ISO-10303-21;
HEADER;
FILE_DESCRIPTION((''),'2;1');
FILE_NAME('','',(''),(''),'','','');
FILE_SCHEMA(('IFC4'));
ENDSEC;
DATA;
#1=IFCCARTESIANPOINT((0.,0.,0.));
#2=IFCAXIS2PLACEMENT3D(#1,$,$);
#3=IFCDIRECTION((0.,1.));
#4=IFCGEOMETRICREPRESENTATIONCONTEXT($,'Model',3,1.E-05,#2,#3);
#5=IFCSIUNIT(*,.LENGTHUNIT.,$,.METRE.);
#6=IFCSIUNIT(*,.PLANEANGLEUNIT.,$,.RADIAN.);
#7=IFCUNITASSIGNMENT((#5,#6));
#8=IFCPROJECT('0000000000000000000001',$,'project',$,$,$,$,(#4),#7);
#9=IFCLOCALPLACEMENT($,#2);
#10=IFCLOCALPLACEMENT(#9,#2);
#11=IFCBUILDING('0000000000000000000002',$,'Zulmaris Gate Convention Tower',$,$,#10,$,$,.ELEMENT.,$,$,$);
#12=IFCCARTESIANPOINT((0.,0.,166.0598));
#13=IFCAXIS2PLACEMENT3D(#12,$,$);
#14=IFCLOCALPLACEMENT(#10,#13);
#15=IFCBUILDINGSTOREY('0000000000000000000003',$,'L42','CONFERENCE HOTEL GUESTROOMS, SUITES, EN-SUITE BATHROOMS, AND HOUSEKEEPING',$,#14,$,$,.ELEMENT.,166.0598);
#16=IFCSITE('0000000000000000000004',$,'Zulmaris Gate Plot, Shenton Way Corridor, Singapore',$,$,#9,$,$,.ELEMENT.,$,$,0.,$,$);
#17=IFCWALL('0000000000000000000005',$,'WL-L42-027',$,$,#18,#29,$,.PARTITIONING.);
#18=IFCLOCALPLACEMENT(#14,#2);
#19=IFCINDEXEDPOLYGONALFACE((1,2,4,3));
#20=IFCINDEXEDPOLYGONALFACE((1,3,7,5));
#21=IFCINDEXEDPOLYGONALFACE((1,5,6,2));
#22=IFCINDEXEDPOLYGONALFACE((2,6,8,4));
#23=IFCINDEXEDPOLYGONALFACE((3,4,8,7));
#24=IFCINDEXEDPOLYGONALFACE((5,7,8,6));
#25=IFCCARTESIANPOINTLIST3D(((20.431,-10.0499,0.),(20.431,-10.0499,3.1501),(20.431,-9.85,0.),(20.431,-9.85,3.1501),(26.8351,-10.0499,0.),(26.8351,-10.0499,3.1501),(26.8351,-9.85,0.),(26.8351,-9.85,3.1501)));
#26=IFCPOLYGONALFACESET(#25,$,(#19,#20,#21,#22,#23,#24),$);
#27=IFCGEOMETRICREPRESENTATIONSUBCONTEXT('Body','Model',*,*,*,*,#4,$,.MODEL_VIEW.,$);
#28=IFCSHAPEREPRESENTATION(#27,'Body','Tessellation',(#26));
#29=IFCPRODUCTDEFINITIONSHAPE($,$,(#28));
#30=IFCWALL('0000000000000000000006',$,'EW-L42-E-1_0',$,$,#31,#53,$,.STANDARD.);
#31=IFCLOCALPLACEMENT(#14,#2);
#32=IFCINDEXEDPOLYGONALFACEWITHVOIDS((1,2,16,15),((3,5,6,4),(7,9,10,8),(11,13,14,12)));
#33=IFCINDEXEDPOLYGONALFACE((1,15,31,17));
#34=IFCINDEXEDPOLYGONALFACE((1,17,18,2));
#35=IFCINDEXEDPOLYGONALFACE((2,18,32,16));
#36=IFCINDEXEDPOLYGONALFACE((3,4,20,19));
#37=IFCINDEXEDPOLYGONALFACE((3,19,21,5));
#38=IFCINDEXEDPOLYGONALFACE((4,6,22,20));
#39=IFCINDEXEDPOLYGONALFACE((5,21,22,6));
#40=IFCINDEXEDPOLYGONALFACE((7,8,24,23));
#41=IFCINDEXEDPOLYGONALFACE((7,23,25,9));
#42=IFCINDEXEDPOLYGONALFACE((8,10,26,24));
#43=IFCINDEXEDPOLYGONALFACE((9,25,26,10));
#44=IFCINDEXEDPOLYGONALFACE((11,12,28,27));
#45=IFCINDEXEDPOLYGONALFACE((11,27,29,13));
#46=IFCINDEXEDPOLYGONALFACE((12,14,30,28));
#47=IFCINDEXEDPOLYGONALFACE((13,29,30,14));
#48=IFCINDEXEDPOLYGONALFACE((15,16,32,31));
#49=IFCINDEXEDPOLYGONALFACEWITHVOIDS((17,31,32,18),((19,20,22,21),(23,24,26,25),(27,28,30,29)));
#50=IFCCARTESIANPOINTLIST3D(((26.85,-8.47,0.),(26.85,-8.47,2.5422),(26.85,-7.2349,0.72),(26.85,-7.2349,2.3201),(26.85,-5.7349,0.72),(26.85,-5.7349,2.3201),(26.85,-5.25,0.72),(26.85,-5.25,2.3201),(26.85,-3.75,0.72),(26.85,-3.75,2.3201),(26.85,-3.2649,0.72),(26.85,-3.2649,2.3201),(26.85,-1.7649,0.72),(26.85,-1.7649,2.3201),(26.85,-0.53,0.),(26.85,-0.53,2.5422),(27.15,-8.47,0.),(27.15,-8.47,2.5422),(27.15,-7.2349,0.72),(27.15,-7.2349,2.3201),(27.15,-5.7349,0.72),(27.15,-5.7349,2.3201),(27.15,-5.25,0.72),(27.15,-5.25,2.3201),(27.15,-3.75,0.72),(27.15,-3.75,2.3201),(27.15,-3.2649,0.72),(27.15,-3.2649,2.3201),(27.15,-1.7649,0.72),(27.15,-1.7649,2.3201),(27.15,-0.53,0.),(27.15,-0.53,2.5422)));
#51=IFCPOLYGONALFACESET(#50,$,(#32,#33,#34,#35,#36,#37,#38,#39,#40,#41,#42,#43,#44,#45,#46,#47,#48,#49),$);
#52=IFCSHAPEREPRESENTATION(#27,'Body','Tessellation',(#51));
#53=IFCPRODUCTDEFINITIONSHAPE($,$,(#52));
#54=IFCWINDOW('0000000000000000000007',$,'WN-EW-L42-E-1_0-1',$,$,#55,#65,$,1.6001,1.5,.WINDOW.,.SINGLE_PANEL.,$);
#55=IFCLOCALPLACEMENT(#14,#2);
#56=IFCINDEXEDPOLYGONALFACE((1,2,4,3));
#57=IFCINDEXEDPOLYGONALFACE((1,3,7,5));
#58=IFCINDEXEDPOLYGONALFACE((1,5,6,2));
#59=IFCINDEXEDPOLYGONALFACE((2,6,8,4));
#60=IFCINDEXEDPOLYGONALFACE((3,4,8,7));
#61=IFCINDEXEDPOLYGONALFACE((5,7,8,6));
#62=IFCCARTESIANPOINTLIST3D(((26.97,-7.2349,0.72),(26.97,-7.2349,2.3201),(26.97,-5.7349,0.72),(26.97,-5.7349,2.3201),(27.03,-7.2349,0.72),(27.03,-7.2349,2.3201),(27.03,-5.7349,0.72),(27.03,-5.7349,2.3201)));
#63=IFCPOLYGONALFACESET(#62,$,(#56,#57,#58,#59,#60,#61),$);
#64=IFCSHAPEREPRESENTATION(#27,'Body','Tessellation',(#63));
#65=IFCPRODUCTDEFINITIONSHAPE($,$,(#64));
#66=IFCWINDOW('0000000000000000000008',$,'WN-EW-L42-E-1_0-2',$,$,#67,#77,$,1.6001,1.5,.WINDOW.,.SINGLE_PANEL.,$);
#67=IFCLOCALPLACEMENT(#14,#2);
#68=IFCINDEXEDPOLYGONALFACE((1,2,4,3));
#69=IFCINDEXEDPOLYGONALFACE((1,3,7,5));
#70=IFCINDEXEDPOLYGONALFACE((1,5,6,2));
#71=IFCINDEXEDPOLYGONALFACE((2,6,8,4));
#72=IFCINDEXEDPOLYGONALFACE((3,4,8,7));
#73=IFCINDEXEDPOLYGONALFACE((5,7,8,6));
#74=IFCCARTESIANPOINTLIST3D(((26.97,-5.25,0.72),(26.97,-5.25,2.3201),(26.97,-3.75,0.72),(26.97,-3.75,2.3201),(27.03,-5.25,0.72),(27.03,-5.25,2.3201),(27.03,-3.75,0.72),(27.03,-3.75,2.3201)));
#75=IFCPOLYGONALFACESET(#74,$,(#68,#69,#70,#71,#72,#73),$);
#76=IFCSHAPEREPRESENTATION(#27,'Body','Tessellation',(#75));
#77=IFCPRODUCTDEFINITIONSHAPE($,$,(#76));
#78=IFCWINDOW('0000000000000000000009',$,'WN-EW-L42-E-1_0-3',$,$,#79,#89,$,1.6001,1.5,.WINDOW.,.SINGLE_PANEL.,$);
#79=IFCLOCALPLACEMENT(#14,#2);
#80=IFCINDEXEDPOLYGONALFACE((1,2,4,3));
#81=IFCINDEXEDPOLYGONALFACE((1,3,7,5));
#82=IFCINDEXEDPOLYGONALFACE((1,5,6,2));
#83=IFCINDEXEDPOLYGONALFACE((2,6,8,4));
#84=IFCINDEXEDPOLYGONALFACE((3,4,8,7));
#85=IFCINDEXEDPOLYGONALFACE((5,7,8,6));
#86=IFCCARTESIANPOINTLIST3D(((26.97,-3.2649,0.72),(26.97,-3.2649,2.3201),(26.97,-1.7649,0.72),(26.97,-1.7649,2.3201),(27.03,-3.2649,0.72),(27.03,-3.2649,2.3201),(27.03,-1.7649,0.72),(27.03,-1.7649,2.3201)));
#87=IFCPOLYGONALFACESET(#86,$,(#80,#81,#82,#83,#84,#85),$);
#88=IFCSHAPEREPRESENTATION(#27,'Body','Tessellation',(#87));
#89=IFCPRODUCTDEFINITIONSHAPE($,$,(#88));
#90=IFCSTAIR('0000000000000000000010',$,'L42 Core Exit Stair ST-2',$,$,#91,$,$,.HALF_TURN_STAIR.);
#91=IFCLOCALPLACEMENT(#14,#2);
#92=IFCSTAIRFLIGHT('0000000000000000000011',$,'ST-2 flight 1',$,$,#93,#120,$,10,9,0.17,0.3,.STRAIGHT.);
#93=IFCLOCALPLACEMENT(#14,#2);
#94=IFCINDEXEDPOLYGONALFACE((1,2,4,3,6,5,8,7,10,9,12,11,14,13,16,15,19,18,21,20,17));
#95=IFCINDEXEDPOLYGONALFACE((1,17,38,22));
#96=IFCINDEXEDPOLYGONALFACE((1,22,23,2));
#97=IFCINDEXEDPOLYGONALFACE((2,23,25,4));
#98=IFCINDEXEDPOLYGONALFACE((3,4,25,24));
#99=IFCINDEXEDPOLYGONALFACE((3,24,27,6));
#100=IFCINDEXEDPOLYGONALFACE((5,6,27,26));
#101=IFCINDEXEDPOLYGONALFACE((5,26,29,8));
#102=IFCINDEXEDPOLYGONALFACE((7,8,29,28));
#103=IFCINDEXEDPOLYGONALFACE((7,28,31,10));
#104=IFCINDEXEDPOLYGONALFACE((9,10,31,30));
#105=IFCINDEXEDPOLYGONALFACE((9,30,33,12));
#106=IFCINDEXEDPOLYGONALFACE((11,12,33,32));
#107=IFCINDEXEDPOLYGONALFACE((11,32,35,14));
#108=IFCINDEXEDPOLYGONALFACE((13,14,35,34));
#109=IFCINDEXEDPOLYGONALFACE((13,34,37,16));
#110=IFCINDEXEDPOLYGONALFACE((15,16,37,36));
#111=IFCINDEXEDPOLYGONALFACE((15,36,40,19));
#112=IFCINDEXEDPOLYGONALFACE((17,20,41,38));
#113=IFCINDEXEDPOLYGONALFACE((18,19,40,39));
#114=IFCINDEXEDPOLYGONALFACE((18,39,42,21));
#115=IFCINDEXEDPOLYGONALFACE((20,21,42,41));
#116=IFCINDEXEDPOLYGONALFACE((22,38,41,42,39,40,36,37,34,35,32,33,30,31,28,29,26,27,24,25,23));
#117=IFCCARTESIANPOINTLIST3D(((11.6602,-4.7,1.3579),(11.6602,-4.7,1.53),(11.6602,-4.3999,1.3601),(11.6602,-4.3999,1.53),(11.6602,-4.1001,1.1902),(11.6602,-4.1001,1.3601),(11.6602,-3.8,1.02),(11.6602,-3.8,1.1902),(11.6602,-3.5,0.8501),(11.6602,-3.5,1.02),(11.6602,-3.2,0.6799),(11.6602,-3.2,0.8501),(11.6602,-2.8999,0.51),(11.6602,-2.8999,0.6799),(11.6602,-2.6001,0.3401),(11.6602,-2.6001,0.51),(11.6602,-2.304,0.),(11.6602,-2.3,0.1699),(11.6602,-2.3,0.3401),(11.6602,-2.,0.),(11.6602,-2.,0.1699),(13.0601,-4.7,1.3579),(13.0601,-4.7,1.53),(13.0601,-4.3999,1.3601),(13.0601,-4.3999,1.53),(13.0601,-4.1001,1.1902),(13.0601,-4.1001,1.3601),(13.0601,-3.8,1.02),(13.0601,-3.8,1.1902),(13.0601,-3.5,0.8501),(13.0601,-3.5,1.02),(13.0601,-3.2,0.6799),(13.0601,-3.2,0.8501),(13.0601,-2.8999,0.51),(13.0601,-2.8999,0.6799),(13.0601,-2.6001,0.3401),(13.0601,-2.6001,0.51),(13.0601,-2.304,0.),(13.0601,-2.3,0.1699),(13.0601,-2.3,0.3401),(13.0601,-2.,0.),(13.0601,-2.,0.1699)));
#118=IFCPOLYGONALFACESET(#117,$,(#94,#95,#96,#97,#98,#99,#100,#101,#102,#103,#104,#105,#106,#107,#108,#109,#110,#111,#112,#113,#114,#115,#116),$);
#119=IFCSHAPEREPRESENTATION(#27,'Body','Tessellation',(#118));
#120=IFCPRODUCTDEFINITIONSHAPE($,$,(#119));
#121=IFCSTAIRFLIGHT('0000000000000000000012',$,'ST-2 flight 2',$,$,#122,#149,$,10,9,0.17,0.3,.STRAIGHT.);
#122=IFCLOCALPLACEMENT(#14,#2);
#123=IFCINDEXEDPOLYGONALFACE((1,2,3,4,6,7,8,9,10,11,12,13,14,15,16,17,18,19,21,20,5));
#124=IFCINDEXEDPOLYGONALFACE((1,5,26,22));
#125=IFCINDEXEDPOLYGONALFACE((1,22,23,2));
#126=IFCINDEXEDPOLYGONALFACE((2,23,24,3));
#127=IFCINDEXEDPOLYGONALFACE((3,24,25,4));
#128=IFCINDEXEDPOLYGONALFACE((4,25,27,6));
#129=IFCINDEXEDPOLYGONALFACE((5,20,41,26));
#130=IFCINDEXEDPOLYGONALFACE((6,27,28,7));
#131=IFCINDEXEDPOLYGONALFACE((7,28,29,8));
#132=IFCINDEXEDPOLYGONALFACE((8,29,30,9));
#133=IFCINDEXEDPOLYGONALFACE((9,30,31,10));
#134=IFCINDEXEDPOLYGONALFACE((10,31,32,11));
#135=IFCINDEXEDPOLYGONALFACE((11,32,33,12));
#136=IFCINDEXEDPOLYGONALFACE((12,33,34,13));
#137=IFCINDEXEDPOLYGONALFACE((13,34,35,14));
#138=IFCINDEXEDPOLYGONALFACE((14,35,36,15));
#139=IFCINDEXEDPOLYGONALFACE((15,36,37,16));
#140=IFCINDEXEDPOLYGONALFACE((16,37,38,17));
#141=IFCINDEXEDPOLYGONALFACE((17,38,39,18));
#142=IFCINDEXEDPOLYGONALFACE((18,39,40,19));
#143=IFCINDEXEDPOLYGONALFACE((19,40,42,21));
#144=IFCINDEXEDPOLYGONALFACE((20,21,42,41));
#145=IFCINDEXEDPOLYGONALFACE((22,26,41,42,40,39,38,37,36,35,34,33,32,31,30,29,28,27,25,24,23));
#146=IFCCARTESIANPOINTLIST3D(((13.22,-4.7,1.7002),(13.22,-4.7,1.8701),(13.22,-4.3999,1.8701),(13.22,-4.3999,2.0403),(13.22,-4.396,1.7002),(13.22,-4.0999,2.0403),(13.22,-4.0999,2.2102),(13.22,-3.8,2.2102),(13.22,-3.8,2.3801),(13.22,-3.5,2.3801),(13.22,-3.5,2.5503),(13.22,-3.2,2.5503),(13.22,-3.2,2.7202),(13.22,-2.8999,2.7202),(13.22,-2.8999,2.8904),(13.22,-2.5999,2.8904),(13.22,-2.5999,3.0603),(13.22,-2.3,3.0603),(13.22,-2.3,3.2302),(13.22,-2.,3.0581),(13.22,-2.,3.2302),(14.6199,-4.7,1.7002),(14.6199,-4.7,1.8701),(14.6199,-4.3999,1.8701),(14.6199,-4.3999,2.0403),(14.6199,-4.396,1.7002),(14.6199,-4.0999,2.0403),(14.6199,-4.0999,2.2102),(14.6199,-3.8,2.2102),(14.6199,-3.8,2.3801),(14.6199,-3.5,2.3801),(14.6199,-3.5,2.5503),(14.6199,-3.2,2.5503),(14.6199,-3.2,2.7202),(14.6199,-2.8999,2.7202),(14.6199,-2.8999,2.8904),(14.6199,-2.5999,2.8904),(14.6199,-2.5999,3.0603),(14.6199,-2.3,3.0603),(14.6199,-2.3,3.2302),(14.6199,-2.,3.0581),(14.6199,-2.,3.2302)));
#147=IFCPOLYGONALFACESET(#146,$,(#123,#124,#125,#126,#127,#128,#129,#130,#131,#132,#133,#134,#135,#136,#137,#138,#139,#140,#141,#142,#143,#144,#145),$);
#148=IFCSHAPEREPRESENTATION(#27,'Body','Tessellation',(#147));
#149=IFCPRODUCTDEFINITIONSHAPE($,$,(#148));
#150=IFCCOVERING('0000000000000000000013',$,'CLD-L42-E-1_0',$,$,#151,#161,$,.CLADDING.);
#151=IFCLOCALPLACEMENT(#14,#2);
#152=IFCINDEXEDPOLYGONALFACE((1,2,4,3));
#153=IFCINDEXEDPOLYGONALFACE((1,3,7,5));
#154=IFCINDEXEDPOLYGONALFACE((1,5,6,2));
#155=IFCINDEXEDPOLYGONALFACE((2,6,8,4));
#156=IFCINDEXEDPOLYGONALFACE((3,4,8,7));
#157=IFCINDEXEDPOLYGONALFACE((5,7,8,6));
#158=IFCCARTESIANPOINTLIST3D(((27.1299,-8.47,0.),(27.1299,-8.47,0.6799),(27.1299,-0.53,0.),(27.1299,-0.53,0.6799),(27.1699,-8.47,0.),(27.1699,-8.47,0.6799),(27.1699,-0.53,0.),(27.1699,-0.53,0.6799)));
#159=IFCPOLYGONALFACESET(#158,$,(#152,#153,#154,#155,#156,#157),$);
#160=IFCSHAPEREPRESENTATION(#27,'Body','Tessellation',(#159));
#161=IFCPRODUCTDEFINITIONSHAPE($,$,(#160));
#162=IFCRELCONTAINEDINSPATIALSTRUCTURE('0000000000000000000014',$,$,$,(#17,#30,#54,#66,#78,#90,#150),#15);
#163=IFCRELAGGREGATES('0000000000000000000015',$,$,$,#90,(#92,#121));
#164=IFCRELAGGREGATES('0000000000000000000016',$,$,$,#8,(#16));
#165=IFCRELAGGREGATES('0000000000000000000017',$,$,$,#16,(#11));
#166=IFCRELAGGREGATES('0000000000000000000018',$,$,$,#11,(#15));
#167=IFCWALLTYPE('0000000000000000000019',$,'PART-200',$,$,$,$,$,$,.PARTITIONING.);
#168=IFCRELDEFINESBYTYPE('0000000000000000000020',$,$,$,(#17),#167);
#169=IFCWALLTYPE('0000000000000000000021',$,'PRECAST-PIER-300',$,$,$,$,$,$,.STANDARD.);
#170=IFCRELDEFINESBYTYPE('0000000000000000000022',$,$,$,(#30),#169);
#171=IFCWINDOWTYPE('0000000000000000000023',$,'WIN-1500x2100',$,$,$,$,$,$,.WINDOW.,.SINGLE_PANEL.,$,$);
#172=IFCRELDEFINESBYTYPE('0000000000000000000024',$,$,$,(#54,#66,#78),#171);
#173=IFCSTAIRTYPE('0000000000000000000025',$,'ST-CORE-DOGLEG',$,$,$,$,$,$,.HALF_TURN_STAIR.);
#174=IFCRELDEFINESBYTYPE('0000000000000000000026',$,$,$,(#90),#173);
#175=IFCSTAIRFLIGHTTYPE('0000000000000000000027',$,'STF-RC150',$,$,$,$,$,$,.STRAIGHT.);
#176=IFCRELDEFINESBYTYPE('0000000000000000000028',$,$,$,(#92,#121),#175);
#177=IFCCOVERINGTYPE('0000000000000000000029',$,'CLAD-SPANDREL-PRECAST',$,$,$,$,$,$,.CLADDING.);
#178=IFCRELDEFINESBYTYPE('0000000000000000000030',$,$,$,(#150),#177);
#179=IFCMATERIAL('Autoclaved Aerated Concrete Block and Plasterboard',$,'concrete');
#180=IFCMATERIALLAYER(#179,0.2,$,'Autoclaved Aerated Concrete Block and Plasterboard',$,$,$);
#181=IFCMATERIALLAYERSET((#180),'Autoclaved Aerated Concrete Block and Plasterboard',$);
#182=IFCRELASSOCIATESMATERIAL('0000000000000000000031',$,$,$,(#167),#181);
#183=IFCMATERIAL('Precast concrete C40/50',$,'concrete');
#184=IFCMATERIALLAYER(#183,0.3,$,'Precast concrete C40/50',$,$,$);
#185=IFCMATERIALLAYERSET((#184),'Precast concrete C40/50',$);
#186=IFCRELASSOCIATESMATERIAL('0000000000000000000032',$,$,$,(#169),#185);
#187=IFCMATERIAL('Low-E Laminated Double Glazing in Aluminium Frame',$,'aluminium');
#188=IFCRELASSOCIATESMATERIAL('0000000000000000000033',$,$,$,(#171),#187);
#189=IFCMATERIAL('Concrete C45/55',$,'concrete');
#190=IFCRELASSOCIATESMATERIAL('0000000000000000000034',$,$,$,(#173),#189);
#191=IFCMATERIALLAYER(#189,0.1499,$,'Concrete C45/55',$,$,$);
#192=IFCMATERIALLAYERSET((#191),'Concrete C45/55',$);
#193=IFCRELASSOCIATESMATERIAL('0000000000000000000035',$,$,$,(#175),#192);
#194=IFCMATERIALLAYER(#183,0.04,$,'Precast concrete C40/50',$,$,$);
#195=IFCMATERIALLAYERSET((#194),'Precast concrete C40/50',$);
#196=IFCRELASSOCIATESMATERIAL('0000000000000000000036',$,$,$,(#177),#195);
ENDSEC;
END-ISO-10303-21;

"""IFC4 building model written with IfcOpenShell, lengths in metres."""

from ifc_helpers import new_model, si_unit, direction, frame, frame_2d, origin, place, context, subcontext, project, spatial, polyline, rectangle, outline, extrude, material, layer, layer_set, type_object, element, fill, aggregate, save


model = new_model("IFC4")

# Units and contexts
model_context = context("Model", 3, precision=1e-05, world=origin(), true_north=direction((0.0, 1.0)))
body_context = subcontext(model_context, "Body", "Model", "MODEL_VIEW")
ifc_project = project(units=[si_unit("LENGTHUNIT", "METRE"), si_unit("PLANEANGLEUNIT", "RADIAN")], contexts=[model_context])

# Site, building, storey
site_placement = place(None, origin())
site = spatial("IfcSite", under=ifc_project, at=site_placement, Name="Zulmaris Gate Plot, Shenton Way Corridor, Singapore", CompositionType="ELEMENT", RefElevation=0.0)
building_placement = place(site_placement, origin())
building = spatial("IfcBuilding", under=site, at=building_placement, Name="Zulmaris Gate Convention Tower", CompositionType="ELEMENT")
storey_placement = place(building_placement, frame((0.0, 0.0, 166.0598)))
storey = spatial("IfcBuildingStorey", under=building, at=storey_placement, Name="L42", Description="CONFERENCE HOTEL GUESTROOMS, SUITES, EN-SUITE BATHROOMS, AND HOUSEKEEPING", CompositionType="ELEMENT", Elevation=166.0598)

# Wall
ifc_material_1 = material(Name="Autoclaved Aerated Concrete Block and Plasterboard", Category="concrete")
ifc_layer_1 = layer(ifc_material_1, 0.2, Name="Autoclaved Aerated Concrete Block and Plasterboard")
ifc_layer_set_1 = layer_set([ifc_layer_1], Name="Autoclaved Aerated Concrete Block and Plasterboard")
wall_type_1 = type_object("IfcWallType", Name="PART-200", PredefinedType="PARTITIONING", material=ifc_layer_set_1)
wall_1_placement = place(storey_placement, frame((20.4309, -9.95, 0.0), z_axis=(0.0, 0.0, 1.0), x_axis=(1.0, 0.0, 0.0)))
element("IfcWall", 1, at=wall_1_placement, inside=storey, type_object=wall_type_1, Name="WL-L42-027", PredefinedType="PARTITIONING", context=body_context, shape_type="SweptSolid", body=[
    extrude(rectangle(XDim=6.4041, YDim=0.2, at=frame_2d((3.2021, 0.0))), origin(), (0.0, 0.0, 1.0), 3.1501),
])

# Wall, openings, windows
ifc_material_2 = material(Name="Precast concrete C40/50", Category="concrete")
ifc_layer_2 = layer(ifc_material_2, 0.3, Name="Precast concrete C40/50")
ifc_layer_set_2 = layer_set([ifc_layer_2], Name="Precast concrete C40/50")
wall_type_2 = type_object("IfcWallType", Name="PRECAST-PIER-300", PredefinedType="STANDARD", material=ifc_layer_set_2)
wall_2_placement = place(storey_placement, frame((27.0, -8.47, 0.0), z_axis=(0.0, 0.0, 1.0), x_axis=(0.0, 1.0, 0.0)))
wall_2 = element("IfcWall", 2, at=wall_2_placement, inside=storey, type_object=wall_type_2, Name="EW-L42-E-1_0", PredefinedType="STANDARD", context=body_context, shape_type="SweptSolid", body=[
    extrude(rectangle(XDim=7.9399, YDim=0.3, at=frame_2d((3.97, 0.0))), origin(), (0.0, 0.0, 1.0), 2.5422),
])
opening_1_placement = place(wall_2_placement, frame((1.2351, 0.0, 0.72)))
opening_1 = element("IfcOpeningElement", 3, at=opening_1_placement, cuts=wall_2, PredefinedType="OPENING", context=body_context, shape_type="SweptSolid", body=[
    extrude(rectangle(XDim=1.5, YDim=1.6001, at=frame_2d((0.75, 0.8))), frame((0.0, 0.1602, 0.0), z_axis=(0.0, -1.0, 0.0), x_axis=(1.0, 0.0, 0.0)), (0.0, 0.0, 1.0), 0.3201),
])
opening_2_placement = place(wall_2_placement, frame((3.22, 0.0, 0.72)))
opening_2 = element("IfcOpeningElement", 4, at=opening_2_placement, cuts=wall_2, PredefinedType="OPENING", context=body_context, shape_type="SweptSolid", body=[
    extrude(rectangle(XDim=1.5, YDim=1.6001, at=frame_2d((0.75, 0.8))), frame((0.0, 0.1602, 0.0), z_axis=(0.0, -1.0, 0.0), x_axis=(1.0, 0.0, 0.0)), (0.0, 0.0, 1.0), 0.3201),
])
opening_3_placement = place(wall_2_placement, frame((5.2051, 0.0, 0.72)))
opening_3 = element("IfcOpeningElement", 5, at=opening_3_placement, cuts=wall_2, PredefinedType="OPENING", context=body_context, shape_type="SweptSolid", body=[
    extrude(rectangle(XDim=1.5, YDim=1.6001, at=frame_2d((0.75, 0.8))), frame((0.0, 0.1602, 0.0), z_axis=(0.0, -1.0, 0.0), x_axis=(1.0, 0.0, 0.0)), (0.0, 0.0, 1.0), 0.3201),
])
ifc_material_3 = material(Name="Low-E Laminated Double Glazing in Aluminium Frame", Category="aluminium")
window_type = type_object("IfcWindowType", Name="WIN-1500x2100", PartitioningType="SINGLE_PANEL", PredefinedType="WINDOW", material=ifc_material_3)
window_1_placement = place(opening_1_placement, origin())
window_1 = element("IfcWindow", 6, at=window_1_placement, inside=storey, type_object=window_type, Name="WN-EW-L42-E-1_0-1", OverallHeight=1.6001, OverallWidth=1.5, PartitioningType="SINGLE_PANEL", PredefinedType="WINDOW", context=body_context, shape_type="SweptSolid", body=[
    extrude(rectangle(XDim=1.5, YDim=1.6001, at=frame_2d((0.75, 0.8))), frame((0.0, 0.03, 0.0), z_axis=(0.0, -1.0, 0.0), x_axis=(1.0, 0.0, 0.0)), (0.0, 0.0, 1.0), 0.0601),
])
fill(opening_1, window_1)
window_2_placement = place(opening_2_placement, origin())
window_2 = element("IfcWindow", 7, at=window_2_placement, inside=storey, type_object=window_type, Name="WN-EW-L42-E-1_0-2", OverallHeight=1.6001, OverallWidth=1.5, PartitioningType="SINGLE_PANEL", PredefinedType="WINDOW", context=body_context, shape_type="SweptSolid", body=[
    extrude(rectangle(XDim=1.5, YDim=1.6001, at=frame_2d((0.75, 0.8))), frame((0.0, 0.03, 0.0), z_axis=(0.0, -1.0, 0.0), x_axis=(1.0, 0.0, 0.0)), (0.0, 0.0, 1.0), 0.0601),
])
fill(opening_2, window_2)
window_3_placement = place(opening_3_placement, origin())
window_3 = element("IfcWindow", 8, at=window_3_placement, inside=storey, type_object=window_type, Name="WN-EW-L42-E-1_0-3", OverallHeight=1.6001, OverallWidth=1.5, PartitioningType="SINGLE_PANEL", PredefinedType="WINDOW", context=body_context, shape_type="SweptSolid", body=[
    extrude(rectangle(XDim=1.5, YDim=1.6001, at=frame_2d((0.75, 0.8))), frame((0.0, 0.03, 0.0), z_axis=(0.0, -1.0, 0.0), x_axis=(1.0, 0.0, 0.0)), (0.0, 0.0, 1.0), 0.0601),
])
fill(opening_3, window_3)

# Stair, stair flights
ifc_material_4 = material(Name="Concrete C45/55", Category="concrete")
stair_type = type_object("IfcStairType", Name="ST-CORE-DOGLEG", PredefinedType="HALF_TURN_STAIR", material=ifc_material_4)
stair_placement = place(storey_placement, origin())
stair = element("IfcStair", 9, at=stair_placement, inside=storey, type_object=stair_type, Name="L42 Core Exit Stair ST-2", PredefinedType="HALF_TURN_STAIR")
ifc_layer_3 = layer(ifc_material_4, 0.1499, Name="Concrete C45/55")
ifc_layer_set_3 = layer_set([ifc_layer_3], Name="Concrete C45/55")
stair_flight_type = type_object("IfcStairFlightType", Name="STF-RC150", PredefinedType="STRAIGHT", material=ifc_layer_set_3)
stair_flight_1_placement = place(storey_placement, frame((12.3601, -2.0, 0.0), z_axis=(0.0, 0.0, 1.0), x_axis=(0.0, -1.0, 0.0)))
stair_flight_1 = element("IfcStairFlight", 10, at=stair_flight_1_placement, type_object=stair_flight_type, Name="ST-2 flight 1", NumberOfRisers=10, NumberOfTreads=9, PredefinedType="STRAIGHT", RiserHeight=0.17, TreadLength=0.3, context=body_context, shape_type="SweptSolid", body=[
    extrude(outline(polyline([(0.0, 0.0), (0.0, 0.1699), (0.3, 0.1699), (0.3, 0.3401), (0.6001, 0.3401), (0.6001, 0.51), (0.8999, 0.51), (0.8999, 0.6799), (1.2, 0.6799), (1.2, 0.8501), (1.5, 0.8501), (1.5, 1.02), (1.8, 1.02), (1.8, 1.1902), (2.1001, 1.1902), (2.1001, 1.3601), (2.3999, 1.3601), (2.3999, 1.53), (2.7, 1.53), (2.7, 1.7002), (2.7, 1.3579), (0.304, 0.0), (0.0, 0.0)])), frame((0.0, 0.7, 0.0), z_axis=(0.0, -1.0, 0.0), x_axis=(1.0, 0.0, 0.0)), (0.0, 0.0, 1.0), 1.3999),
])
stair_flight_2_placement = place(storey_placement, frame((13.9199, -4.7, 1.7002), z_axis=(0.0, 0.0, 1.0), x_axis=(0.0, 1.0, 0.0)))
stair_flight_2 = element("IfcStairFlight", 11, at=stair_flight_2_placement, type_object=stair_flight_type, Name="ST-2 flight 2", NumberOfRisers=10, NumberOfTreads=9, PredefinedType="STRAIGHT", RiserHeight=0.17, TreadLength=0.3, context=body_context, shape_type="SweptSolid", body=[
    extrude(outline(polyline([(0.0, 0.0), (0.0, 0.1699), (0.3, 0.1699), (0.3, 0.3401), (0.6001, 0.3401), (0.6001, 0.51), (0.8999, 0.51), (0.8999, 0.6799), (1.2, 0.6799), (1.2, 0.8501), (1.5, 0.8501), (1.5, 1.02), (1.8, 1.02), (1.8, 1.1902), (2.1001, 1.1902), (2.1001, 1.3601), (2.3999, 1.3601), (2.3999, 1.53), (2.7, 1.53), (2.7, 1.7002), (2.7, 1.3579), (0.304, 0.0), (0.0, 0.0)])), frame((0.0, 0.7, 0.0), z_axis=(0.0, -1.0, 0.0), x_axis=(1.0, 0.0, 0.0)), (0.0, 0.0, 1.0), 1.3999),
])
aggregate(stair, [stair_flight_1, stair_flight_2])

# Covering
ifc_layer_4 = layer(ifc_material_2, 0.04, Name="Precast concrete C40/50")
ifc_layer_set_4 = layer_set([ifc_layer_4], Name="Precast concrete C40/50")
covering_type = type_object("IfcCoveringType", Name="CLAD-SPANDREL-PRECAST", PredefinedType="CLADDING", material=ifc_layer_set_4)
covering_placement = place(storey_placement, frame((27.1499, -8.47, 0.0), z_axis=(0.0, 0.0, 1.0), x_axis=(0.0, 1.0, 0.0)))
element("IfcCovering", 12, at=covering_placement, inside=storey, type_object=covering_type, Name="CLD-L42-E-1_0", PredefinedType="CLADDING", context=body_context, shape_type="SweptSolid", body=[
    extrude(rectangle(XDim=7.9399, YDim=0.04, at=frame_2d((3.97, 0.0))), origin(), (0.0, 0.0, 1.0), 0.6799),
])

save(model, "model.ifc")
